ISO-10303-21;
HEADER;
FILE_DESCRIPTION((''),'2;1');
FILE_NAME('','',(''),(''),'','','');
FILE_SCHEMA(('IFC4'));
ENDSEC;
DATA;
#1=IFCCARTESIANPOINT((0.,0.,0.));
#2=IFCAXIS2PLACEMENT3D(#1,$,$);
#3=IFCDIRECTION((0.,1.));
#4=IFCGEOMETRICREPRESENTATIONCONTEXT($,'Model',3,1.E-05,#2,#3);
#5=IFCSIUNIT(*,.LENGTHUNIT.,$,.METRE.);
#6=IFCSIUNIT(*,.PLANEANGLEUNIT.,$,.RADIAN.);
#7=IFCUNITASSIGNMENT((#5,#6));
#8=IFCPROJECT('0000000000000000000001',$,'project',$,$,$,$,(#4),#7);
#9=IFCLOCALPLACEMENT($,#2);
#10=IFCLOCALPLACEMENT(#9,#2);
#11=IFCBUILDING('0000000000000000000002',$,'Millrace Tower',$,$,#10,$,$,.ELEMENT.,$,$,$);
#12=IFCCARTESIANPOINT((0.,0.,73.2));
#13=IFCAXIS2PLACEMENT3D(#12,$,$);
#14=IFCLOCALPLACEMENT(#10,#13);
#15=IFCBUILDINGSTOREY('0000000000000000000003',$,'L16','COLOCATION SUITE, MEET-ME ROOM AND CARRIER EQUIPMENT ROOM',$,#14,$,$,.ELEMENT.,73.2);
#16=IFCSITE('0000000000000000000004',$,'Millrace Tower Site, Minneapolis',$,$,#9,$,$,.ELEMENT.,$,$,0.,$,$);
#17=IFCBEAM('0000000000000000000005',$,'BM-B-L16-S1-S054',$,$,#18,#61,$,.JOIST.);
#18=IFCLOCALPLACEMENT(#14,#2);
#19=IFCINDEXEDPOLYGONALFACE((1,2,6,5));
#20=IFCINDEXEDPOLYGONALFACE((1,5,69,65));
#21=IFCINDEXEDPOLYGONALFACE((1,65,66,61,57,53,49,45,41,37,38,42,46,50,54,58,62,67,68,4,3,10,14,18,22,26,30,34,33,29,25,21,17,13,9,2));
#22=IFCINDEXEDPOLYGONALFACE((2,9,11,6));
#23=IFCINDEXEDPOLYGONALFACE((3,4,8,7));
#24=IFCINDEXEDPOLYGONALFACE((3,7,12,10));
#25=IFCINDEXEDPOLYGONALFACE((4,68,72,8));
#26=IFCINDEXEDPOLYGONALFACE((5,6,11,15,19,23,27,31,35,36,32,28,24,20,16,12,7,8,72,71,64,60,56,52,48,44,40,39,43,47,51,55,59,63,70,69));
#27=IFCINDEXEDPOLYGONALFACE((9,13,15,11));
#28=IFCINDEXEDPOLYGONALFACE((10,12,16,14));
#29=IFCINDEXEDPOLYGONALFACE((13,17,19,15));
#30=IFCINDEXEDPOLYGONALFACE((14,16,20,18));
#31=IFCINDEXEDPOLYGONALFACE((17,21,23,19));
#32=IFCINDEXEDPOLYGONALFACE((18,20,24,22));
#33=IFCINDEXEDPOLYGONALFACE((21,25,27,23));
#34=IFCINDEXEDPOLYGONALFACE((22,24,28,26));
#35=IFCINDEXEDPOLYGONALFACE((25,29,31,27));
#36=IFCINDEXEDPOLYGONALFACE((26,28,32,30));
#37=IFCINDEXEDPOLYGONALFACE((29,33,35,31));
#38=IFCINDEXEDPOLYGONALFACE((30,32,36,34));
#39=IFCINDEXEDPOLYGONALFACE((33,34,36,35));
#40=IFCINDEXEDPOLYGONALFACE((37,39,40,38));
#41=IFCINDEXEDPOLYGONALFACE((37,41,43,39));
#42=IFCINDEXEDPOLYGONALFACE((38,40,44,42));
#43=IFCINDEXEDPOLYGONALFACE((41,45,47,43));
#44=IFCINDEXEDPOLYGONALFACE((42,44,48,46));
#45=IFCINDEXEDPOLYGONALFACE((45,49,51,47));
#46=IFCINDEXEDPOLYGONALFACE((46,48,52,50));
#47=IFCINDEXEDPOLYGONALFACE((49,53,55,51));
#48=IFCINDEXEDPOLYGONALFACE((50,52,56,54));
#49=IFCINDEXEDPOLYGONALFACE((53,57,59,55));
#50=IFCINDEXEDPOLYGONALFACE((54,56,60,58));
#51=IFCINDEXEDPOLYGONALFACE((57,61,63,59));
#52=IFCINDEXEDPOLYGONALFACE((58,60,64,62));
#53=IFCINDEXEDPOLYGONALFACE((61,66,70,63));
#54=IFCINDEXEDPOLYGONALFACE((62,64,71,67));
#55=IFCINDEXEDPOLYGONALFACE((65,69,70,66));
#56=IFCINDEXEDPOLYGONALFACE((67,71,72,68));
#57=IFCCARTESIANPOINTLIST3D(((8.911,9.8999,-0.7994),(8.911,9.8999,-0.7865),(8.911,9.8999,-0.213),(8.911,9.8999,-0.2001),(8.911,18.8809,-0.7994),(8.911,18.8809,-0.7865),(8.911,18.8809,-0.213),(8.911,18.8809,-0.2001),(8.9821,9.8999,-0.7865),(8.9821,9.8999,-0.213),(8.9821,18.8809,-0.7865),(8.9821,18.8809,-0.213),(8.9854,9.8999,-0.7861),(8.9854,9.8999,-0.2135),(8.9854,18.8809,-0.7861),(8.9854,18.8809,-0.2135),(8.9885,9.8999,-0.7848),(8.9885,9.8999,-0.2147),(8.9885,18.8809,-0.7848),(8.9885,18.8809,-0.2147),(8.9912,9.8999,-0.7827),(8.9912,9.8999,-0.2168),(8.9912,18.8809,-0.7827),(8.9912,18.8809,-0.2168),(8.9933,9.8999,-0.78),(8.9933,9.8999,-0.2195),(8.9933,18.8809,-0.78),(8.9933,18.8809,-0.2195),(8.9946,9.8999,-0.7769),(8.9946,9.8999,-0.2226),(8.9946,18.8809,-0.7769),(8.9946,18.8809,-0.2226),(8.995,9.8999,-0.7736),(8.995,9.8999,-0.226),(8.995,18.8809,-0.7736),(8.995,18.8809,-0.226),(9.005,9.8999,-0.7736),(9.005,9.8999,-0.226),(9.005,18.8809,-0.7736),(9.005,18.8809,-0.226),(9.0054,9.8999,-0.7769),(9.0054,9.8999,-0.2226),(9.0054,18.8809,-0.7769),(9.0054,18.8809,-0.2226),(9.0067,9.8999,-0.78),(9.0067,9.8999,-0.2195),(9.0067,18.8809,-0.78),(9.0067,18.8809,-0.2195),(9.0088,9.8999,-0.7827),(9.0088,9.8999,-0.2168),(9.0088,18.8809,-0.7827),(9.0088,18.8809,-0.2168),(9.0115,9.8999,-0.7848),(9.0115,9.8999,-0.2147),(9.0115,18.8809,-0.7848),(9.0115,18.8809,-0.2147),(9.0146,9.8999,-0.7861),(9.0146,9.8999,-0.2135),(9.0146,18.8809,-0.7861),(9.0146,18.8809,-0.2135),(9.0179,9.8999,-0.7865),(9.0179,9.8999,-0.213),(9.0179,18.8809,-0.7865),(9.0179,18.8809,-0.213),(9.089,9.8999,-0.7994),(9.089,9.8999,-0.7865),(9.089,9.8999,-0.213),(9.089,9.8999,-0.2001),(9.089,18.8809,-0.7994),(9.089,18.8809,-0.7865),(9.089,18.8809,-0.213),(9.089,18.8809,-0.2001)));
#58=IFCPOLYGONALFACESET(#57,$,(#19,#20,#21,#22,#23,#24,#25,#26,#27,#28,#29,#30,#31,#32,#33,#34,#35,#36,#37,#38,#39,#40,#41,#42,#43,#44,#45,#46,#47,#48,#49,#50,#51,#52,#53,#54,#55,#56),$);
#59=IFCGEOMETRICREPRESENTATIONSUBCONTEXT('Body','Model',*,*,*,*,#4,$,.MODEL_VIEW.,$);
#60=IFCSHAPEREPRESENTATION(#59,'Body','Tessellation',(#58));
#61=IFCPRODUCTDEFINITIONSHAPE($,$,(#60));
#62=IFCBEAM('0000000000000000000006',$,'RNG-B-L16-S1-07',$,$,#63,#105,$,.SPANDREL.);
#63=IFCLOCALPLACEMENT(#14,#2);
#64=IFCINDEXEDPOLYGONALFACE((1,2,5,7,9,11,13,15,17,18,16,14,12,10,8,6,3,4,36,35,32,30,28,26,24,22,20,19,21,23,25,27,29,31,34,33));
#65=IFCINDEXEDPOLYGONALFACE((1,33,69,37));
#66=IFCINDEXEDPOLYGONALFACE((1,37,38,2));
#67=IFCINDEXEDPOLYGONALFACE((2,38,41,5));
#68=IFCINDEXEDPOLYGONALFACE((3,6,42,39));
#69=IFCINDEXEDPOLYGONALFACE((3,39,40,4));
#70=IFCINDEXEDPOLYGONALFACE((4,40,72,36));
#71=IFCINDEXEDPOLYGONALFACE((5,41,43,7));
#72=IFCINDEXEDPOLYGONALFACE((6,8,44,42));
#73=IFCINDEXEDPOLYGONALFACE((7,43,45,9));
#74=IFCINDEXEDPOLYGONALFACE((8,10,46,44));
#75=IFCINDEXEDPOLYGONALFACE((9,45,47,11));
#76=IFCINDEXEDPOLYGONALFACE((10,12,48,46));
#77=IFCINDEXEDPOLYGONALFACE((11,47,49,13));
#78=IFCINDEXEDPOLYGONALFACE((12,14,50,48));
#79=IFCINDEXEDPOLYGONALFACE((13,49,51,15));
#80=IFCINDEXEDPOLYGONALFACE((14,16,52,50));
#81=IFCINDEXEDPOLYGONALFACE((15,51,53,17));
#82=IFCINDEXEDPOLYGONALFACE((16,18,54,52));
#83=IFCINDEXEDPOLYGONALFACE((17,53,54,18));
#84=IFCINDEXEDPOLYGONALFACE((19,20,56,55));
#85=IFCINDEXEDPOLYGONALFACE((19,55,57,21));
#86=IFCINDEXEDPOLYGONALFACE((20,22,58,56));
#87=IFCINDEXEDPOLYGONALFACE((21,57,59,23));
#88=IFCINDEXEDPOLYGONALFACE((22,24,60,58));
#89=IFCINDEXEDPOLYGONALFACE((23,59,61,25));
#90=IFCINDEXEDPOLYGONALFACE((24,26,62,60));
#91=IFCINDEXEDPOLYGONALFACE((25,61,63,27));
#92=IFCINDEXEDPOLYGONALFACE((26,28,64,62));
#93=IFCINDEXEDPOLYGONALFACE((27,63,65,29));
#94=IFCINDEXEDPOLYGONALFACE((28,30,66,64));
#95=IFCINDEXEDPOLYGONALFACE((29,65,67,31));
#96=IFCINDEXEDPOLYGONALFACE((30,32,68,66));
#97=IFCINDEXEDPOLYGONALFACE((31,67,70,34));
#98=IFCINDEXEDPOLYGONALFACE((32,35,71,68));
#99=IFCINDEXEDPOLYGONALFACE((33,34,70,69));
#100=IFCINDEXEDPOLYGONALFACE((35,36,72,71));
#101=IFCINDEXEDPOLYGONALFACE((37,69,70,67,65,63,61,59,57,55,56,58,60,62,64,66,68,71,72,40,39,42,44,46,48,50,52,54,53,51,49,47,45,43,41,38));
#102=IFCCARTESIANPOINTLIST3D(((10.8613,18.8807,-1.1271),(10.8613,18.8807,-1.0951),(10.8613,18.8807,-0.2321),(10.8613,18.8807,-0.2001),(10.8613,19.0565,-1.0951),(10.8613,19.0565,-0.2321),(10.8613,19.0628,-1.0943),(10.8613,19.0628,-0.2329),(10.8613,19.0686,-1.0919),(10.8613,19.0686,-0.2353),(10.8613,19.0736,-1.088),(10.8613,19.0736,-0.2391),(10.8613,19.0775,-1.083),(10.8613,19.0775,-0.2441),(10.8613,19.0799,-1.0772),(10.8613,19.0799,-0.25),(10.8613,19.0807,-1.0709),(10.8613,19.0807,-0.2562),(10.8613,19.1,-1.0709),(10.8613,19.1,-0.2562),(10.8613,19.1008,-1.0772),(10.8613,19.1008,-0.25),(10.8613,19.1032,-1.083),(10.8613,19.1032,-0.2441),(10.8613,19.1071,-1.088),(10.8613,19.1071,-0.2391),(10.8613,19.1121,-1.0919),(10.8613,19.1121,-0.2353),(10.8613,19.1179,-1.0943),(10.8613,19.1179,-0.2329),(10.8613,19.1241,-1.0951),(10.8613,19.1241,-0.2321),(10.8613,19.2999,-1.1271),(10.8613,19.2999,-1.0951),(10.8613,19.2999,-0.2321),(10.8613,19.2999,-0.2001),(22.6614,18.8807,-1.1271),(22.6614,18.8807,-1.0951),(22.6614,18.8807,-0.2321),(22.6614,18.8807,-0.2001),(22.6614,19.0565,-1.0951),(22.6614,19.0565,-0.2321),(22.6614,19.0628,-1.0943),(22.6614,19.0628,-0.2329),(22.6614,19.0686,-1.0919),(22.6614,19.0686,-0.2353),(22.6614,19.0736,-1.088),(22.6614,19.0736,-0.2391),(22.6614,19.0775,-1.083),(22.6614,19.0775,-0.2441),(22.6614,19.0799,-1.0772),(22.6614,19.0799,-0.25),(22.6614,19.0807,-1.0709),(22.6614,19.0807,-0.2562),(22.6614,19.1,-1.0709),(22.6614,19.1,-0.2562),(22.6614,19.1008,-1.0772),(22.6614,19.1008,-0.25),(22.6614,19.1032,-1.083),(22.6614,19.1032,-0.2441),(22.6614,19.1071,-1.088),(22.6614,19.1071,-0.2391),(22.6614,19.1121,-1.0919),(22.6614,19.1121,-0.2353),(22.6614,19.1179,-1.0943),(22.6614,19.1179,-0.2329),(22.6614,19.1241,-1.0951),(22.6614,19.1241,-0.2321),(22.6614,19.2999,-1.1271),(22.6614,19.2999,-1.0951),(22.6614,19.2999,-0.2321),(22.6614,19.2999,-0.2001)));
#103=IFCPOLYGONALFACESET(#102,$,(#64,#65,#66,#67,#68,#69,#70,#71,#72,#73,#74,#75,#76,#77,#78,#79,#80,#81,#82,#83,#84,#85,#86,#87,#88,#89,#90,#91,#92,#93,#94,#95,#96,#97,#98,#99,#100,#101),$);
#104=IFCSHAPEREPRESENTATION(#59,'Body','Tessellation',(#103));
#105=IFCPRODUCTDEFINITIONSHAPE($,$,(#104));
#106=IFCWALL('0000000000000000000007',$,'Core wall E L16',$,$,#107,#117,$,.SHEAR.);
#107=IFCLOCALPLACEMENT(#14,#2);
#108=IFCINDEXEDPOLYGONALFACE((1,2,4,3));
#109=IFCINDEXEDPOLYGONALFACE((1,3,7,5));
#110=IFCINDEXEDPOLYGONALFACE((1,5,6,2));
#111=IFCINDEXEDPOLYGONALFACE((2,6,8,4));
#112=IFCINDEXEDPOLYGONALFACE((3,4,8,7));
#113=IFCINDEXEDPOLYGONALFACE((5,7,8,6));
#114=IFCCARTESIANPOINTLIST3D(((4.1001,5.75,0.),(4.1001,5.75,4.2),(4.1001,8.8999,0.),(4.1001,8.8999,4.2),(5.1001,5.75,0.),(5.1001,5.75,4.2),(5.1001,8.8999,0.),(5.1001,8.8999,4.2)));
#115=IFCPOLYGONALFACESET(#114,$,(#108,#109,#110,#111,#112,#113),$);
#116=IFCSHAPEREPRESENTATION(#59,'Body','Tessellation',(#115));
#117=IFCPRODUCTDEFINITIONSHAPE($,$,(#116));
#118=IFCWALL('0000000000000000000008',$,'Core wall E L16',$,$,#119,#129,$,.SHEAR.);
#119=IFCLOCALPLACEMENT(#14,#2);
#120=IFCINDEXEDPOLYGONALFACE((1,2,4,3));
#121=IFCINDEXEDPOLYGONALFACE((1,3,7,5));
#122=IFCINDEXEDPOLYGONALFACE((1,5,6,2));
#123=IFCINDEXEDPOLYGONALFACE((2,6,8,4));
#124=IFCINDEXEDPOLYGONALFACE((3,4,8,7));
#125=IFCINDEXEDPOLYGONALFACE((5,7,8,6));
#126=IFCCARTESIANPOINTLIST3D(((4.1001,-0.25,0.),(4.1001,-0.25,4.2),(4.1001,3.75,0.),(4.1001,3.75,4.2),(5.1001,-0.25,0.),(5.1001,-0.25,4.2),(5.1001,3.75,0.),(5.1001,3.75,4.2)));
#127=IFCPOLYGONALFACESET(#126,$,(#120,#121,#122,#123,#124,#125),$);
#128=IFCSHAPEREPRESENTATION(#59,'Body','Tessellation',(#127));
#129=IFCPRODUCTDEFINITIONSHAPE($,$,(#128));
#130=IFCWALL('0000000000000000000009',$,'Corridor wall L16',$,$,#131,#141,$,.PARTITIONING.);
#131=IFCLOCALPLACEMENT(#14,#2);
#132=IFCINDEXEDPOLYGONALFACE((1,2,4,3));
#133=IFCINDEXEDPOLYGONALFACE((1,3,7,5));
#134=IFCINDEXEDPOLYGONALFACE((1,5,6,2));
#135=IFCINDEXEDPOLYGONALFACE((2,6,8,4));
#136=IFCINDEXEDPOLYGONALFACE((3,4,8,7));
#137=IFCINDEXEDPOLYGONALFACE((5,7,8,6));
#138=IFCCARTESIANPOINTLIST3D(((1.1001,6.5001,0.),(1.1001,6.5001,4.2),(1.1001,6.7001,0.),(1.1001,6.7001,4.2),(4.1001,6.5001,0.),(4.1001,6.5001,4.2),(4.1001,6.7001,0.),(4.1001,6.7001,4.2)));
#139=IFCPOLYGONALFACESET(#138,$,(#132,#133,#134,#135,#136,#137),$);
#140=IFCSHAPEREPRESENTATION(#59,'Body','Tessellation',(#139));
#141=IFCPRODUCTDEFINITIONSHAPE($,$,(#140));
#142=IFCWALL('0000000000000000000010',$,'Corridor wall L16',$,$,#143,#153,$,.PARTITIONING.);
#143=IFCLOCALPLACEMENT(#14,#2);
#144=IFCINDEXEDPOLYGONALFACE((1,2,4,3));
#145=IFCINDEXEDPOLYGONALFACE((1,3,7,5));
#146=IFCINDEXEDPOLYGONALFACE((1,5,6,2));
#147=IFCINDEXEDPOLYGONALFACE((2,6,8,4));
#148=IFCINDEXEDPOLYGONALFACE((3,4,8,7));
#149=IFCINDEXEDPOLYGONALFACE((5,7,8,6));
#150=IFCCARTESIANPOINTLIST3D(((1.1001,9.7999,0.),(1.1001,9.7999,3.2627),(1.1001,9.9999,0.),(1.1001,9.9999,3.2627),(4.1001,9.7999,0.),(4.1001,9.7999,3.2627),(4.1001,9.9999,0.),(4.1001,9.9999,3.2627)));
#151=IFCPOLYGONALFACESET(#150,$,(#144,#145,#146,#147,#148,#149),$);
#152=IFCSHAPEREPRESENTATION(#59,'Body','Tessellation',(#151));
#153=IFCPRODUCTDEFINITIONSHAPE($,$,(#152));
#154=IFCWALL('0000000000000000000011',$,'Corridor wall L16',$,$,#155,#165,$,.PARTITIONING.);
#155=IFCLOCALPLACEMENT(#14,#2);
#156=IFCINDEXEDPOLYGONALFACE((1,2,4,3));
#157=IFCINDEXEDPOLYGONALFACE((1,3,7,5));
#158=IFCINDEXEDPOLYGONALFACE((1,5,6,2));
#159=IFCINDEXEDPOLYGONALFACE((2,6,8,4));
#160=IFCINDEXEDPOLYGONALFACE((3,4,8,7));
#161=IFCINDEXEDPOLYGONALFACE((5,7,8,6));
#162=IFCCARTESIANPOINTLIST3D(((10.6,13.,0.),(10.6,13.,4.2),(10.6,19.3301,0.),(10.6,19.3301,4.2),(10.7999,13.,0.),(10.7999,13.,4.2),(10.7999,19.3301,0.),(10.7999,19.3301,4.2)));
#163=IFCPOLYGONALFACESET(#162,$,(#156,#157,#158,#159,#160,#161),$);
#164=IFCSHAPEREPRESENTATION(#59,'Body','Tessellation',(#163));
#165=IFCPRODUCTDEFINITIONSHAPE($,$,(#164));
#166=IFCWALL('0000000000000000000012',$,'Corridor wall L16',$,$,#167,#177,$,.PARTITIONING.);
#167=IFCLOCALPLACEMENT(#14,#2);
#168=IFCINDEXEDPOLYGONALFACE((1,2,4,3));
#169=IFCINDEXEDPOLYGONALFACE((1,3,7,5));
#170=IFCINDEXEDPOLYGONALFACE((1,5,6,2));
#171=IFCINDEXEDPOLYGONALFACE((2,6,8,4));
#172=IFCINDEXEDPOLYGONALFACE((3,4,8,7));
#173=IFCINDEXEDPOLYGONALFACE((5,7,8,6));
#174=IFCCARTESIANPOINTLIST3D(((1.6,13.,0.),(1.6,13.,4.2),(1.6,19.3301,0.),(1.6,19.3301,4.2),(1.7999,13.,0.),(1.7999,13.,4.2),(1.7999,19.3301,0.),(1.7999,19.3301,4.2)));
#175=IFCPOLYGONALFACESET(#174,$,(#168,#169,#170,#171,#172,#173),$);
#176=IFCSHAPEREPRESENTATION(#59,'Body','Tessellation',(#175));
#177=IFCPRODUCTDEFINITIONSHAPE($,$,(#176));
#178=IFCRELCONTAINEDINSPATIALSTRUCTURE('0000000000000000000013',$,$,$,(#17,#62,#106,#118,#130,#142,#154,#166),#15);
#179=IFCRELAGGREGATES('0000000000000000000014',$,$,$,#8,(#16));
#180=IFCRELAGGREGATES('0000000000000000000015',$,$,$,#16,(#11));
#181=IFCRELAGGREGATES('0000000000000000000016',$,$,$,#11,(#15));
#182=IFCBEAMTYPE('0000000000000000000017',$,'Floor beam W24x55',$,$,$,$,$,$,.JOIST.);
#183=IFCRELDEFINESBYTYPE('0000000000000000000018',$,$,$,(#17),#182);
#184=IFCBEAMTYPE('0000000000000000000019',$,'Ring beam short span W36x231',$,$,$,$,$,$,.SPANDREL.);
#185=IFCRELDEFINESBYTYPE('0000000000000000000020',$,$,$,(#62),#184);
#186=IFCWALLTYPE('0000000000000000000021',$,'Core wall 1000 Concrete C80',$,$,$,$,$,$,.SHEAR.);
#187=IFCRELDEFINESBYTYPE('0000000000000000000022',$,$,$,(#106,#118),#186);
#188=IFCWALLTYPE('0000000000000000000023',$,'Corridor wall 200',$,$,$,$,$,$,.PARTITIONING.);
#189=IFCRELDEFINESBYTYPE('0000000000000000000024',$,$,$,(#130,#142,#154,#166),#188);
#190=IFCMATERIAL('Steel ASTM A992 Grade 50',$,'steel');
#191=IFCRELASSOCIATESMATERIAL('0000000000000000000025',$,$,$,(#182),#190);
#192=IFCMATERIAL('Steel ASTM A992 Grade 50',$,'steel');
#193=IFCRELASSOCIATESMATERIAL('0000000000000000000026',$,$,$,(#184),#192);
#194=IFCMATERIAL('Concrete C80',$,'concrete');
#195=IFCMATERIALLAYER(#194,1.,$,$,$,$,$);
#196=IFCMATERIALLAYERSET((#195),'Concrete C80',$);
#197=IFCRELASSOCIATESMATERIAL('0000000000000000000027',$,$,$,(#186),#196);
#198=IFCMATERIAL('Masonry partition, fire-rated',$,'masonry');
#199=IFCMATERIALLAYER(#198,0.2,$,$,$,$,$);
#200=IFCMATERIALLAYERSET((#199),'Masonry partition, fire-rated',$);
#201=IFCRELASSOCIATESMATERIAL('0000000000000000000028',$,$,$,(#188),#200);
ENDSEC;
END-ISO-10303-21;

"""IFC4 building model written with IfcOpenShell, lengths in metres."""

from ifc_helpers import new_model, si_unit, direction, frame, frame_2d, origin, origin_2d, place, context, subcontext, project, spatial, rectangle, i_section, extrude, material, layer, layer_set, material_profile, profile_set, type_object, element, save


model = new_model("IFC4")

# Units and contexts
model_context = context("Model", 3, precision=1e-05, world=origin(), true_north=direction((0.0, 1.0)))
body_context = subcontext(model_context, "Body", "Model", "MODEL_VIEW")
ifc_project = project(units=[si_unit("LENGTHUNIT", "METRE"), si_unit("PLANEANGLEUNIT", "RADIAN")], contexts=[model_context])

# Site, building, storey
site_placement = place(None, origin())
site = spatial("IfcSite", under=ifc_project, at=site_placement, Name="Millrace Tower Site, Minneapolis", CompositionType="ELEMENT", RefElevation=0.0)
building_placement = place(site_placement, origin())
building = spatial("IfcBuilding", under=site, at=building_placement, Name="Millrace Tower", CompositionType="ELEMENT")
storey_placement = place(building_placement, frame((0.0, 0.0, 73.2)))
storey = spatial("IfcBuildingStorey", under=building, at=storey_placement, Name="L16", Description="COLOCATION SUITE, MEET-ME ROOM AND CARRIER EQUIPMENT ROOM", CompositionType="ELEMENT", Elevation=73.2)

# Beams
ifc_material_1 = material(Name="Steel ASTM A992 Grade 50", Category="steel")
ifc_material_profile_1 = material_profile(ifc_material_1, i_section(OverallWidth=0.178, OverallDepth=0.5994, WebThickness=0.01, FlangeThickness=0.0129, FilletRadius=0.0129, at=origin_2d()))
ifc_profile_set_1 = profile_set([ifc_material_profile_1], Name="Steel ASTM A992 Grade 50")
beam_type_1 = type_object("IfcBeamType", Name="Floor beam W24x55", PredefinedType="JOIST", material=ifc_profile_set_1)
for number, where, z_axis, x_axis, name in (
    (1, (9.0, 9.8999, -0.4998), (0.0, 1.0, 0.0), (-1.0, 0.0, 0.0), "BM-B-L16-S1-S054"),
):
    element("IfcBeam", number, at=place(storey_placement, frame(where, z_axis=z_axis, x_axis=x_axis)), inside=storey, type_object=beam_type_1, Name=name, PredefinedType="JOIST", context=body_context, shape_type="SweptSolid", body=[
        extrude(i_section(OverallWidth=0.178, OverallDepth=0.5994, WebThickness=0.01, FlangeThickness=0.0129, FilletRadius=0.0129, at=origin_2d()), origin(), (0.0, 0.0, 1.0), 8.981),
    ])
ifc_material_2 = material(Name="Steel ASTM A992 Grade 50", Category="steel")
ifc_material_profile_2 = material_profile(ifc_material_2, i_section(OverallWidth=0.4192, OverallDepth=0.927, WebThickness=0.0193, FlangeThickness=0.032, FilletRadius=0.0242, at=origin_2d()))
ifc_profile_set_2 = profile_set([ifc_material_profile_2], Name="Steel ASTM A992 Grade 50")
beam_type_2 = type_object("IfcBeamType", Name="Ring beam short span W36x231", PredefinedType="SPANDREL", material=ifc_profile_set_2)
beam_1_placement = place(storey_placement, frame((10.8613, 19.0903, -0.6636), z_axis=(1.0, 0.0, 0.0), x_axis=(0.0, 1.0, 0.0)))
element("IfcBeam", 2, at=beam_1_placement, inside=storey, type_object=beam_type_2, Name="RNG-B-L16-S1-07", PredefinedType="SPANDREL", context=body_context, shape_type="SweptSolid", body=[
    extrude(i_section(OverallWidth=0.4192, OverallDepth=0.927, WebThickness=0.0193, FlangeThickness=0.032, FilletRadius=0.0242, at=origin_2d()), origin(), (0.0, 0.0, 1.0), 11.8),
])

# Walls
ifc_material_3 = material(Name="Concrete C80", Category="concrete")
ifc_layer_1 = layer(ifc_material_3, 1.0)
ifc_layer_set_1 = layer_set([ifc_layer_1], Name="Concrete C80")
wall_type_1 = type_object("IfcWallType", Name="Core wall 1000 Concrete C80", PredefinedType="SHEAR", material=ifc_layer_set_1)
wall_1_placement = place(storey_placement, frame((4.6001, 8.8999, 0.0), z_axis=(0.0, 0.0, 1.0), x_axis=(0.0, -1.0, 0.0)))
element("IfcWall", 3, at=wall_1_placement, inside=storey, type_object=wall_type_1, Name="Core wall E L16", PredefinedType="SHEAR", context=body_context, shape_type="SweptSolid", body=[
    extrude(rectangle(XDim=3.1499, YDim=1.0, at=frame_2d((1.575, 0.0))), origin(), (0.0, 0.0, 1.0), 4.2),
])
wall_2_placement = place(storey_placement, frame((4.6001, 3.75, 0.0), z_axis=(0.0, 0.0, 1.0), x_axis=(0.0, -1.0, 0.0)))
element("IfcWall", 4, at=wall_2_placement, inside=storey, type_object=wall_type_1, Name="Core wall E L16", PredefinedType="SHEAR", context=body_context, shape_type="SweptSolid", body=[
    extrude(rectangle(XDim=4.0, YDim=1.0, at=frame_2d((2.0, 0.0))), origin(), (0.0, 0.0, 1.0), 4.2),
])
ifc_material_4 = material(Name="Masonry partition, fire-rated", Category="masonry")
ifc_layer_2 = layer(ifc_material_4, 0.2)
ifc_layer_set_2 = layer_set([ifc_layer_2], Name="Masonry partition, fire-rated")
wall_type_2 = type_object("IfcWallType", Name="Corridor wall 200", PredefinedType="PARTITIONING", material=ifc_layer_set_2)
wall_3_placement = place(storey_placement, frame((1.1001, 6.6001, 0.0), z_axis=(0.0, 0.0, 1.0), x_axis=(1.0, 0.0, 0.0)))
element("IfcWall", 5, at=wall_3_placement, inside=storey, type_object=wall_type_2, Name="Corridor wall L16", PredefinedType="PARTITIONING", context=body_context, shape_type="SweptSolid", body=[
    extrude(rectangle(XDim=3.0, YDim=0.2, at=frame_2d((1.5, 0.0))), origin(), (0.0, 0.0, 1.0), 4.2),
])
wall_4_placement = place(storey_placement, frame((1.1001, 9.8999, 0.0), z_axis=(0.0, 0.0, 1.0), x_axis=(1.0, 0.0, 0.0)))
element("IfcWall", 6, at=wall_4_placement, inside=storey, type_object=wall_type_2, Name="Corridor wall L16", PredefinedType="PARTITIONING", context=body_context, shape_type="SweptSolid", body=[
    extrude(rectangle(XDim=3.0, YDim=0.2, at=frame_2d((1.5, 0.0))), origin(), (0.0, 0.0, 1.0), 3.2627),
])
for number, where, z_axis, x_axis, name in (
    (7, (10.7, 13.0, 0.0), (0.0, 0.0, 1.0), (0.0, 1.0, 0.0), "Corridor wall L16"),
    (8, (1.7, 13.0, 0.0), (0.0, 0.0, 1.0), (0.0, 1.0, 0.0), "Corridor wall L16"),
):
    element("IfcWall", number, at=place(storey_placement, frame(where, z_axis=z_axis, x_axis=x_axis)), inside=storey, type_object=wall_type_2, Name=name, PredefinedType="PARTITIONING", context=body_context, shape_type="SweptSolid", body=[
        extrude(rectangle(XDim=6.3301, YDim=0.2, at=frame_2d((3.165, 0.0))), origin(), (0.0, 0.0, 1.0), 4.2),
    ])

save(model, "model.ifc")
